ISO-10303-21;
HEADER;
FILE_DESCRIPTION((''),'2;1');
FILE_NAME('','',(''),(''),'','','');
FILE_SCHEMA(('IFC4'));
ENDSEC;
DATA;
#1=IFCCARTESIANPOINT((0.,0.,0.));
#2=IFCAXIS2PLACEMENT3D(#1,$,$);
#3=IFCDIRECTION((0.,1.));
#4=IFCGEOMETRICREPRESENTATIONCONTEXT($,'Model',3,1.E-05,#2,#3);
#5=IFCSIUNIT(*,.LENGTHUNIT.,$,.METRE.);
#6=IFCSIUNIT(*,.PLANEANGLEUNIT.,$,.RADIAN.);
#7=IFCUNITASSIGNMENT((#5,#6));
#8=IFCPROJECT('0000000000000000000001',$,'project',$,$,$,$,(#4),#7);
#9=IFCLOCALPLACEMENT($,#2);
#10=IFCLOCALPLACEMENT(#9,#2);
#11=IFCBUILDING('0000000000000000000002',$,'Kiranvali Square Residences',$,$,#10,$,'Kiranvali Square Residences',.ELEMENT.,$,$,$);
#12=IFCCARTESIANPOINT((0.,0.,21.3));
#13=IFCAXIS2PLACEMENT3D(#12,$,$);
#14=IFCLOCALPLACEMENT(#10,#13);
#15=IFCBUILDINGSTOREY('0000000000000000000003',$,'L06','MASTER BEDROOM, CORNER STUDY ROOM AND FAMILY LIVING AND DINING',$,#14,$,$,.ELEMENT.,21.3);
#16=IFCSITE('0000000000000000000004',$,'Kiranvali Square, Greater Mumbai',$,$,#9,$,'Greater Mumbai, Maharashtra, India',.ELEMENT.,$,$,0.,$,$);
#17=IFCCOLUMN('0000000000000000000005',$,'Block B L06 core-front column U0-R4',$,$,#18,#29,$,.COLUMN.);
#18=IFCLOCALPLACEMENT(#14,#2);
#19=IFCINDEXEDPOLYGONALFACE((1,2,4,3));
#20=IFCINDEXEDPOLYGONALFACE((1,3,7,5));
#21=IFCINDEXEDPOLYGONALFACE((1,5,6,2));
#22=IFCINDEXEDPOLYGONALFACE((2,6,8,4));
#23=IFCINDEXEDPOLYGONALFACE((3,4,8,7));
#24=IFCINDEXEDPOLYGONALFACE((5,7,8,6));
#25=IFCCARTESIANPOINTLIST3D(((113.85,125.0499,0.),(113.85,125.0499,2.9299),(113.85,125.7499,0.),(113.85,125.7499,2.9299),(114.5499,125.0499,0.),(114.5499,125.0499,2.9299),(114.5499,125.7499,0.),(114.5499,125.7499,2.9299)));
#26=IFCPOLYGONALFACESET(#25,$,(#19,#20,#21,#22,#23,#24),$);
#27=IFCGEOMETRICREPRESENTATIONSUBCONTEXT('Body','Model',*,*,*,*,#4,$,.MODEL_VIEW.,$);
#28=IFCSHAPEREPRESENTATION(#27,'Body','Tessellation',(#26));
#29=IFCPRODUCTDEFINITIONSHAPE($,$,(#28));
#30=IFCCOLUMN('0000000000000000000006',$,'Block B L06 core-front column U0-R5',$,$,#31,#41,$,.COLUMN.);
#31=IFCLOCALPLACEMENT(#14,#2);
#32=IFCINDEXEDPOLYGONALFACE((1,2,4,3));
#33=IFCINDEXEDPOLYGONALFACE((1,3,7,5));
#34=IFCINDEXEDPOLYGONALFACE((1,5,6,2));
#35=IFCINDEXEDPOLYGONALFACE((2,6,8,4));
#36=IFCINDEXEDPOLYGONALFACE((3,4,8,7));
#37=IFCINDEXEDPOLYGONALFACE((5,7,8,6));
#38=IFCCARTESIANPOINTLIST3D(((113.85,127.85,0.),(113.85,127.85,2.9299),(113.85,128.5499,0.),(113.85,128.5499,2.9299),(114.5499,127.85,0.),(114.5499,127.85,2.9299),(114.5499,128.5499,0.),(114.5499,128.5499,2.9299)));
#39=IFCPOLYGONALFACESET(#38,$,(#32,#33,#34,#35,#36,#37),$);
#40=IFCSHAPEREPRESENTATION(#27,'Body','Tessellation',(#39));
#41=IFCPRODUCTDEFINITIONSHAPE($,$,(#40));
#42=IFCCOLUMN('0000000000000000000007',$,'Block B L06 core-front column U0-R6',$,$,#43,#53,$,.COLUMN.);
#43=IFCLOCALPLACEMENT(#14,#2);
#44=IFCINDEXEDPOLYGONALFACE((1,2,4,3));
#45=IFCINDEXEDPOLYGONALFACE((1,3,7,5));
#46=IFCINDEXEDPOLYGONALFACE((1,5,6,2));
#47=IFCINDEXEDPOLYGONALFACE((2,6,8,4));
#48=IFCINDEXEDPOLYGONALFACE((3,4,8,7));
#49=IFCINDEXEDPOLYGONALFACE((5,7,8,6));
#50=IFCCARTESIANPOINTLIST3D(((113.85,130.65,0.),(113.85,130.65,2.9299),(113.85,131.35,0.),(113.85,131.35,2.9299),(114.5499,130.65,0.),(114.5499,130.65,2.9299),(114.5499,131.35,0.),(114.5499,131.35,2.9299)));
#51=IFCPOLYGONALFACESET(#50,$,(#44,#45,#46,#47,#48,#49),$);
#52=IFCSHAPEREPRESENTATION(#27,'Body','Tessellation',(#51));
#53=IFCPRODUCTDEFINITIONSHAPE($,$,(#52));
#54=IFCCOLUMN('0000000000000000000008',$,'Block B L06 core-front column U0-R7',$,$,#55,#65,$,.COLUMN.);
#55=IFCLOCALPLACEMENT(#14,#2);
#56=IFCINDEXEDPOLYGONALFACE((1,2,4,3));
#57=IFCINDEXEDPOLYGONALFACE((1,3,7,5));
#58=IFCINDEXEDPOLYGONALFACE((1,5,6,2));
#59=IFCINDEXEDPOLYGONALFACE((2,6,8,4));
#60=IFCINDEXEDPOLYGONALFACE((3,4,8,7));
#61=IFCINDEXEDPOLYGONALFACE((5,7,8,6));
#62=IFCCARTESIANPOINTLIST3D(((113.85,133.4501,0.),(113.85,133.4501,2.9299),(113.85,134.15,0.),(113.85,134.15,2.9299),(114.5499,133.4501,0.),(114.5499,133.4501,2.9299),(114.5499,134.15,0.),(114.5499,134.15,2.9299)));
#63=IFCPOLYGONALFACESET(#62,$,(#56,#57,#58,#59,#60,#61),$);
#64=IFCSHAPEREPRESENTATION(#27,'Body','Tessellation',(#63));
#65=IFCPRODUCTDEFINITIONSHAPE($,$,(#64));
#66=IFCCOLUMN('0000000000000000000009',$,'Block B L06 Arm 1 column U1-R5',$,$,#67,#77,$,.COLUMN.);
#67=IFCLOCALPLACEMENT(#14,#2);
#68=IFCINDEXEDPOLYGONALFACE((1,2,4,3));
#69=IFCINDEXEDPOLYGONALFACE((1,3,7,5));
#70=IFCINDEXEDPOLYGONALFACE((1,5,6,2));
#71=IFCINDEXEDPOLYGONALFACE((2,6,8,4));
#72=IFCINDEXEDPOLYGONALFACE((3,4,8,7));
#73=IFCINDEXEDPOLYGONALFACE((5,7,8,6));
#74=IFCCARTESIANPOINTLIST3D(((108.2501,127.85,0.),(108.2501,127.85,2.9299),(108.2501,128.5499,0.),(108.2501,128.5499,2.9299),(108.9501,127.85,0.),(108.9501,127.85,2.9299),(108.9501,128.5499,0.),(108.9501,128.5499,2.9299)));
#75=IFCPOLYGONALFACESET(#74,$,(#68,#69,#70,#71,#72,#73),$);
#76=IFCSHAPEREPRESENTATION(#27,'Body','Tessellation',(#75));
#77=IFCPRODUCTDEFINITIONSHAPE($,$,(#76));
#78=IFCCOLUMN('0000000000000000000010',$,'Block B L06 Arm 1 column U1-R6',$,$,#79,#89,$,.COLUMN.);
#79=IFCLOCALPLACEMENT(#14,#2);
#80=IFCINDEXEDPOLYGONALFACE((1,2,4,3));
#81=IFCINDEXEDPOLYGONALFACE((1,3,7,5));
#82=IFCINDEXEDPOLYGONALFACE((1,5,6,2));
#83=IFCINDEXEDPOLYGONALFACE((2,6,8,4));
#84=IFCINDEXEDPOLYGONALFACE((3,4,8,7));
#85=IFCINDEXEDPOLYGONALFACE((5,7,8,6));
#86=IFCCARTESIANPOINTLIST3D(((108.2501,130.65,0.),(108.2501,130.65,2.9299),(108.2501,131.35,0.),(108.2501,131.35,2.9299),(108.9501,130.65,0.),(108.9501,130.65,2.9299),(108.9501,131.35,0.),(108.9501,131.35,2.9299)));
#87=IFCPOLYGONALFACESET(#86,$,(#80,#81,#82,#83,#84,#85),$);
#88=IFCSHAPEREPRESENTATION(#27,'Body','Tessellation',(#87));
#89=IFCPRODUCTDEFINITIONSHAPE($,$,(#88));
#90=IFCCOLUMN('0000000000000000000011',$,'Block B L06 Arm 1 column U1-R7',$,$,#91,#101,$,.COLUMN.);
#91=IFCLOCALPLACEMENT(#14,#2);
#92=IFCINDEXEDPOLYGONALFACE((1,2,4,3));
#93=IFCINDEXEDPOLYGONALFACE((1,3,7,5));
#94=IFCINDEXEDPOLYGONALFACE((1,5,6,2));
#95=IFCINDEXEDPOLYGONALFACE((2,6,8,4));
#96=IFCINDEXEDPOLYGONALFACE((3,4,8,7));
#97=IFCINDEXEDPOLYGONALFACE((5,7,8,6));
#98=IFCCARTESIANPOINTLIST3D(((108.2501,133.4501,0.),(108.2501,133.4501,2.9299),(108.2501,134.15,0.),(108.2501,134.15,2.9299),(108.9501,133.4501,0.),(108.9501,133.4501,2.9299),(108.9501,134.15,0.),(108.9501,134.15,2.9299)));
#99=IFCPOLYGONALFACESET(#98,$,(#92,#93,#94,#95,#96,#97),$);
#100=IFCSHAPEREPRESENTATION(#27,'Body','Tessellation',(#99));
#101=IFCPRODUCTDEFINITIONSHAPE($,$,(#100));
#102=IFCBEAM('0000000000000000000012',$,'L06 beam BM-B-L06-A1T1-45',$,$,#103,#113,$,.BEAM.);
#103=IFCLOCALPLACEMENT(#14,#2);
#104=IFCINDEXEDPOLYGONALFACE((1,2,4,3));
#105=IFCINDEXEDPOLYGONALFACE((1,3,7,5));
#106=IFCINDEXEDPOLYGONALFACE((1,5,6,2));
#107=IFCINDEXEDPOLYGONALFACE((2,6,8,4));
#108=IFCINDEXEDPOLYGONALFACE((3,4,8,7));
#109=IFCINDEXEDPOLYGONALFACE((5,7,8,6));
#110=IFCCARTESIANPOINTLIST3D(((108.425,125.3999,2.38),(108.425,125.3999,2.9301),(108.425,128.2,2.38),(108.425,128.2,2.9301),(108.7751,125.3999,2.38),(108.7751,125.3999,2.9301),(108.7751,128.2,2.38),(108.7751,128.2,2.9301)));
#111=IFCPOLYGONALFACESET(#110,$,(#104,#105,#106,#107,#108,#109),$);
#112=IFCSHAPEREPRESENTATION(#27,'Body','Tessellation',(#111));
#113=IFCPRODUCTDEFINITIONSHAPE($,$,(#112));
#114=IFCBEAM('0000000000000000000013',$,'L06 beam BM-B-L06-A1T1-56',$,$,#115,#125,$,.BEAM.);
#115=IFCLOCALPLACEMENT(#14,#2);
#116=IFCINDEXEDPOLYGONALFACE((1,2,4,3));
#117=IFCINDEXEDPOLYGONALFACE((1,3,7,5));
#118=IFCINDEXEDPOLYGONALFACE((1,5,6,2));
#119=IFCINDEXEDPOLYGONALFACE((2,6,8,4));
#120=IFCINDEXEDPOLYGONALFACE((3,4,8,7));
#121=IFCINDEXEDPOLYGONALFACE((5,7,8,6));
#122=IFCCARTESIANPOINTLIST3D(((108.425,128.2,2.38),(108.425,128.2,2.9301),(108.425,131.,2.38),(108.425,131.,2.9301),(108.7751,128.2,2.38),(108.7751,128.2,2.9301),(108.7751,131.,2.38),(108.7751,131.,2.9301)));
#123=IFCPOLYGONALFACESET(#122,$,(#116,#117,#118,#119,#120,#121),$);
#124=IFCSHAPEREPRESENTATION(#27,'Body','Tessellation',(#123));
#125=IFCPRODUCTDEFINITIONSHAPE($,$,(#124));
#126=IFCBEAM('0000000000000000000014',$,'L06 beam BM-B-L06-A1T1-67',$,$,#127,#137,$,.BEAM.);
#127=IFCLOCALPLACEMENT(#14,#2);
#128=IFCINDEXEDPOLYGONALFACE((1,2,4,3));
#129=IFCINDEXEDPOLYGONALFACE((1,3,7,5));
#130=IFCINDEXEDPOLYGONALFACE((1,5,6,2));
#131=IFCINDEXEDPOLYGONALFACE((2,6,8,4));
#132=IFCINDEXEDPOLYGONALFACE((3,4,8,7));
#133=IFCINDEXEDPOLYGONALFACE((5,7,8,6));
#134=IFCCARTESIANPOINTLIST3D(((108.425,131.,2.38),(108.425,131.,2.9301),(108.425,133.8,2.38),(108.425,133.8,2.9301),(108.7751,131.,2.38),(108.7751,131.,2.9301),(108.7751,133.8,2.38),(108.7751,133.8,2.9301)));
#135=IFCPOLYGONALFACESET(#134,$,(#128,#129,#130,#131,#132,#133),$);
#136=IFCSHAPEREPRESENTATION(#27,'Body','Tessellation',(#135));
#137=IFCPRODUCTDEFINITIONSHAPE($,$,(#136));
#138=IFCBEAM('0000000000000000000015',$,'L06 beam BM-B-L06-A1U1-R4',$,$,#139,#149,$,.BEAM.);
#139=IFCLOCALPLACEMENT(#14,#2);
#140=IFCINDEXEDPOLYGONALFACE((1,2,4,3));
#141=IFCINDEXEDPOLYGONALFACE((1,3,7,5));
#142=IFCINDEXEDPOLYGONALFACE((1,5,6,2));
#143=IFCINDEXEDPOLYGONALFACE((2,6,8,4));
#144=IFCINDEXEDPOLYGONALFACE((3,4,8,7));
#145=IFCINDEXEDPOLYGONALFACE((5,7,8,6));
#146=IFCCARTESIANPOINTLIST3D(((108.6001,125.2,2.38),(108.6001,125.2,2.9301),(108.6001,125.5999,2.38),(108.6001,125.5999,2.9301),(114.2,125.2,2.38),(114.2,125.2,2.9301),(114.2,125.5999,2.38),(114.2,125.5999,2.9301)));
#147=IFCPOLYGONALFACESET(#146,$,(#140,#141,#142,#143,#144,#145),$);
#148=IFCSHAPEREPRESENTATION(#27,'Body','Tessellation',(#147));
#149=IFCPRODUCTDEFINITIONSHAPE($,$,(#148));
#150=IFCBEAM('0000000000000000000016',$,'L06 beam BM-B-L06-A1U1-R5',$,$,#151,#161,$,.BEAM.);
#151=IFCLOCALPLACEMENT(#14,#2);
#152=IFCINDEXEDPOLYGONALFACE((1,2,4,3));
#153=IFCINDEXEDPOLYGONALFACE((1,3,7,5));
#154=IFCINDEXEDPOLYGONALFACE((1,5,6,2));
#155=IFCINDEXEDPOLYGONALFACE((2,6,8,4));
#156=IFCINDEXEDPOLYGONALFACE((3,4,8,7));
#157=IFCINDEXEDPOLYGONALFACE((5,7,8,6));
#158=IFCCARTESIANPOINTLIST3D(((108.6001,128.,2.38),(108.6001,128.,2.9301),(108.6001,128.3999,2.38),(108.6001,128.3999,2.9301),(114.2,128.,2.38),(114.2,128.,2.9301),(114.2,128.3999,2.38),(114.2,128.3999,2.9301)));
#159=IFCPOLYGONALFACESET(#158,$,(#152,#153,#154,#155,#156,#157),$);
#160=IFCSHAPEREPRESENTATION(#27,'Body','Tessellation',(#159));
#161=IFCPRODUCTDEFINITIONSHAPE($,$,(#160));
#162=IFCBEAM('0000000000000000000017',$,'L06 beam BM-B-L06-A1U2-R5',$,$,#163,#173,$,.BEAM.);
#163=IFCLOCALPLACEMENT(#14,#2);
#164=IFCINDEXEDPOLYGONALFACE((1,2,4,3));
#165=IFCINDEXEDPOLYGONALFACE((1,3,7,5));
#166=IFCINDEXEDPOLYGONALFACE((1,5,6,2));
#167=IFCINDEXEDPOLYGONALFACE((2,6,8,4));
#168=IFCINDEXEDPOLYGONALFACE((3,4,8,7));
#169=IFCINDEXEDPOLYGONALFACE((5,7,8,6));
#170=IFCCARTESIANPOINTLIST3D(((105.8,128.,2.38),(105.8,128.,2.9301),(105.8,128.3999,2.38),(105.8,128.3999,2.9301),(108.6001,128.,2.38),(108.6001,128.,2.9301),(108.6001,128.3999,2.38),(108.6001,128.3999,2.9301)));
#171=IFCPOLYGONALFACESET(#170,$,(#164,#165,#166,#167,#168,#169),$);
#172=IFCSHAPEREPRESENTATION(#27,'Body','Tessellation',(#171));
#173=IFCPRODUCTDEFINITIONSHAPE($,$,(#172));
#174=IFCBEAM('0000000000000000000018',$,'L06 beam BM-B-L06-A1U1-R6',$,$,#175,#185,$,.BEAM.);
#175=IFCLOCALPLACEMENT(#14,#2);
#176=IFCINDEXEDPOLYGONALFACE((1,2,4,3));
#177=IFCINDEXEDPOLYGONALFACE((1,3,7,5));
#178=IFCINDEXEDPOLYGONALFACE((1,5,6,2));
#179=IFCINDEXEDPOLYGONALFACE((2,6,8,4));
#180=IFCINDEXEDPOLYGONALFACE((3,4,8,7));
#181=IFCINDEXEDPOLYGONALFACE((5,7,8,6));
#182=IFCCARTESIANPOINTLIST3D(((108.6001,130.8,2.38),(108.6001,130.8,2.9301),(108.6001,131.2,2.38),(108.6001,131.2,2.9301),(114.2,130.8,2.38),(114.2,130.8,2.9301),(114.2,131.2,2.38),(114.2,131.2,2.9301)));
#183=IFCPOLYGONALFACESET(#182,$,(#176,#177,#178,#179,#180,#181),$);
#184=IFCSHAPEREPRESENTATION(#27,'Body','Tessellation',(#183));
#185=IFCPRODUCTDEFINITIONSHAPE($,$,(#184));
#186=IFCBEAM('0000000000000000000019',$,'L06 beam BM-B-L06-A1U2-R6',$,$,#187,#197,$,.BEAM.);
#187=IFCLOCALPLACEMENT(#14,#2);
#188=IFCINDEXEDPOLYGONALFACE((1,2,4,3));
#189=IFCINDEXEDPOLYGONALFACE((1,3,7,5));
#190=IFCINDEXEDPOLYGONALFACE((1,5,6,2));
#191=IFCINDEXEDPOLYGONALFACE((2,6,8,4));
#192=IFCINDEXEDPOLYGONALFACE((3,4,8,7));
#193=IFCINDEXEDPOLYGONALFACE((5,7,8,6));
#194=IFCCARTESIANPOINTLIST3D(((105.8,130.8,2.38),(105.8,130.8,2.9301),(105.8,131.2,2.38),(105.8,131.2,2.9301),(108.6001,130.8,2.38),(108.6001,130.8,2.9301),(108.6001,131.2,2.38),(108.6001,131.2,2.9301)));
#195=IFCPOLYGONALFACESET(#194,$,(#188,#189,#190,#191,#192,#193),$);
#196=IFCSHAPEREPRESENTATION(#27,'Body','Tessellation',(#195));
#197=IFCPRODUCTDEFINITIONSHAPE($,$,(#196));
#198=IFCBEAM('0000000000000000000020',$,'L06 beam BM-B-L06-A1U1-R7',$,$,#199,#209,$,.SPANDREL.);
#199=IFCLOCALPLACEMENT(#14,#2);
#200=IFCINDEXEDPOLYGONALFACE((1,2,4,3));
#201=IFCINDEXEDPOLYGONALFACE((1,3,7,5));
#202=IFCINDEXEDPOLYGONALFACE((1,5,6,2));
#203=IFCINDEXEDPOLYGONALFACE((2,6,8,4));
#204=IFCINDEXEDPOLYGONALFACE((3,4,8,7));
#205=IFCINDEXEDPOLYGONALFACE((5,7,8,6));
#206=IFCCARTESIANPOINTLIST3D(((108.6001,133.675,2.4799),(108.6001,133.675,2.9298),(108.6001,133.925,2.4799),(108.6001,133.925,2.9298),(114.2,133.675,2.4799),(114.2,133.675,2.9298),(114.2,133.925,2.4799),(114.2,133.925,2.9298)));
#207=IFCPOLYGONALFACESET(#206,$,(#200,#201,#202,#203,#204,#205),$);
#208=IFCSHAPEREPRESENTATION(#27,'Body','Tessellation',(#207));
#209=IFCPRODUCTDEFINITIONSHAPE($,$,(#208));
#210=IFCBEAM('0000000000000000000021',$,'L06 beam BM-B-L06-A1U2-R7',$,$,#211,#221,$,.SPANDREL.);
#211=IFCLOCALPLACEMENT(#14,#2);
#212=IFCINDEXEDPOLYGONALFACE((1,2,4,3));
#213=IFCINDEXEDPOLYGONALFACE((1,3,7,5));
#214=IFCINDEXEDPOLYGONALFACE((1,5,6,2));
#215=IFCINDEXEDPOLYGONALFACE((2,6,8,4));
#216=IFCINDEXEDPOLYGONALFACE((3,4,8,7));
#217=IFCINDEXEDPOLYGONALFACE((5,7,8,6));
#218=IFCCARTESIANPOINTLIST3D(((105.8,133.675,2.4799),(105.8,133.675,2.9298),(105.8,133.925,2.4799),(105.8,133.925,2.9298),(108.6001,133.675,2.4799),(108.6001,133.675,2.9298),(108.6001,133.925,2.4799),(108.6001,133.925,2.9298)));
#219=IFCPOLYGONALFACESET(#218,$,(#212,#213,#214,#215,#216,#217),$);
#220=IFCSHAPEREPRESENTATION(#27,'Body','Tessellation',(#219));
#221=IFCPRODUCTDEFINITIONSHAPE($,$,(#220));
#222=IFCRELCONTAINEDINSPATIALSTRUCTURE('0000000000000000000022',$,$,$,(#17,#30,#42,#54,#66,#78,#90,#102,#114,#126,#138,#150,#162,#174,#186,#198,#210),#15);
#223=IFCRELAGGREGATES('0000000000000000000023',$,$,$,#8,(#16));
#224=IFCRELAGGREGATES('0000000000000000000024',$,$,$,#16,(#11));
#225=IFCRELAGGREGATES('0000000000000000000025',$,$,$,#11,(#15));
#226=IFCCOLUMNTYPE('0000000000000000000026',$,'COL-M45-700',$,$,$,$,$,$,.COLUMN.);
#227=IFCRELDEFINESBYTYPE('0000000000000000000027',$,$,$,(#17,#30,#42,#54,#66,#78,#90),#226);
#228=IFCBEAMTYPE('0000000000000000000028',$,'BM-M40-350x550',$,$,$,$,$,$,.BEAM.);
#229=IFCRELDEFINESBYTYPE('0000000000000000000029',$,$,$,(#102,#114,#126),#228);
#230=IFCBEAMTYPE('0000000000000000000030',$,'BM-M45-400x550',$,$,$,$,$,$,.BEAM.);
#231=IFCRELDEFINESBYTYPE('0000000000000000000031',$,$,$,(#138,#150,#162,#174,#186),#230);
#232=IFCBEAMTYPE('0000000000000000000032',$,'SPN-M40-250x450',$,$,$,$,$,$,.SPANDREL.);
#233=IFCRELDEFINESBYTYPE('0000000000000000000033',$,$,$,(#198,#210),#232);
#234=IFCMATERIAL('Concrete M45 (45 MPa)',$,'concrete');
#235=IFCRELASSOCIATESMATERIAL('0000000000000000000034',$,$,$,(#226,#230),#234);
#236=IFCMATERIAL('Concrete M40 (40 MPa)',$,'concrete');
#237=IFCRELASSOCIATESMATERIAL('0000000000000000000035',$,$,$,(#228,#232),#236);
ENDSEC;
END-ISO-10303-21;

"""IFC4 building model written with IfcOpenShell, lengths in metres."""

from ifc_helpers import new_model, si_unit, direction, frame, origin, origin_2d, place, context, subcontext, project, spatial, rectangle, extrude, material, material_profile, profile_set, type_object, element, save


model = new_model("IFC4")

# Units and contexts
model_context = context("Model", 3, precision=1e-05, world=origin(), true_north=direction((0.0, 1.0)))
body_context = subcontext(model_context, "Body", "Model", "MODEL_VIEW")
ifc_project = project(units=[si_unit("LENGTHUNIT", "METRE"), si_unit("PLANEANGLEUNIT", "RADIAN")], contexts=[model_context])

# Site, building, storey
site_placement = place(None, origin())
site = spatial("IfcSite", under=ifc_project, at=site_placement, Name="Kiranvali Square, Greater Mumbai", LongName="Greater Mumbai, Maharashtra, India", CompositionType="ELEMENT", RefElevation=0.0)
building_placement = place(site_placement, origin())
building = spatial("IfcBuilding", under=site, at=building_placement, Name="Kiranvali Square Residences", LongName="Kiranvali Square Residences", CompositionType="ELEMENT")
storey_placement = place(building_placement, frame((0.0, 0.0, 21.3)))
storey = spatial("IfcBuildingStorey", under=building, at=storey_placement, Name="L06", Description="MASTER BEDROOM, CORNER STUDY ROOM AND FAMILY LIVING AND DINING", CompositionType="ELEMENT", Elevation=21.3)

# Columns
ifc_material_1 = material(Name="Concrete M45 (45 MPa)", Category="concrete")
ifc_material_profile_1 = material_profile(ifc_material_1, rectangle(XDim=0.7, YDim=0.7, at=origin_2d()), Name="RC 700x700")
ifc_profile_set_1 = profile_set([ifc_material_profile_1], Name="Concrete M45 (45 MPa)")
column_type = type_object("IfcColumnType", Name="COL-M45-700", PredefinedType="COLUMN", material=ifc_profile_set_1)
for number, where, z_axis, x_axis, name in (
    (1, (114.2, 125.3999, 0.0), (0.0, 0.0, 1.0), (1.0, 0.0, 0.0), "Block B L06 core-front column U0-R4"),
    (2, (114.2, 128.2, 0.0), (0.0, 0.0, 1.0), (1.0, 0.0, 0.0), "Block B L06 core-front column U0-R5"),
    (3, (114.2, 131.0, 0.0), (0.0, 0.0, 1.0), (1.0, 0.0, 0.0), "Block B L06 core-front column U0-R6"),
    (4, (114.2, 133.8, 0.0), (0.0, 0.0, 1.0), (1.0, 0.0, 0.0), "Block B L06 core-front column U0-R7"),
    (5, (108.6001, 128.2, 0.0), (0.0, 0.0, 1.0), (1.0, 0.0, 0.0), "Block B L06 Arm 1 column U1-R5"),
    (6, (108.6001, 131.0, 0.0), (0.0, 0.0, 1.0), (1.0, 0.0, 0.0), "Block B L06 Arm 1 column U1-R6"),
    (7, (108.6001, 133.8, 0.0), (0.0, 0.0, 1.0), (1.0, 0.0, 0.0), "Block B L06 Arm 1 column U1-R7"),
):
    element("IfcColumn", number, at=place(storey_placement, frame(where, z_axis=z_axis, x_axis=x_axis)), inside=storey, type_object=column_type, Name=name, PredefinedType="COLUMN", context=body_context, shape_type="SweptSolid", body=[
        extrude(rectangle(XDim=0.7, YDim=0.7, at=origin_2d()), origin(), (0.0, 0.0, 1.0), 2.9299),
    ])

# Beams
ifc_material_2 = material(Name="Concrete M40 (40 MPa)", Category="concrete")
ifc_material_profile_2 = material_profile(ifc_material_2, rectangle(XDim=0.3501, YDim=0.55, at=origin_2d()), Name="RC 350x550")
ifc_profile_set_2 = profile_set([ifc_material_profile_2], Name="Concrete M40 (40 MPa)")
beam_type_1 = type_object("IfcBeamType", Name="BM-M40-350x550", PredefinedType="BEAM", material=ifc_profile_set_2)
for number, where, z_axis, x_axis, name in (
    (8, (108.6001, 125.3999, 2.655), (0.0, 1.0, 0.0), (-1.0, 0.0, 0.0), "L06 beam BM-B-L06-A1T1-45"),
    (9, (108.6001, 128.2, 2.655), (0.0, 1.0, 0.0), (-1.0, 0.0, 0.0), "L06 beam BM-B-L06-A1T1-56"),
    (10, (108.6001, 131.0, 2.655), (0.0, 1.0, 0.0), (-1.0, 0.0, 0.0), "L06 beam BM-B-L06-A1T1-67"),
):
    element("IfcBeam", number, at=place(storey_placement, frame(where, z_axis=z_axis, x_axis=x_axis)), inside=storey, type_object=beam_type_1, Name=name, PredefinedType="BEAM", context=body_context, shape_type="SweptSolid", body=[
        extrude(rectangle(XDim=0.3501, YDim=0.55, at=origin_2d()), origin(), (0.0, 0.0, 1.0), 2.8),
    ])
ifc_material_profile_3 = material_profile(ifc_material_1, rectangle(XDim=0.3999, YDim=0.55, at=origin_2d()), Name="RC 400x550")
ifc_profile_set_3 = profile_set([ifc_material_profile_3], Name="Concrete M45 (45 MPa)")
beam_type_2 = type_object("IfcBeamType", Name="BM-M45-400x550", PredefinedType="BEAM", material=ifc_profile_set_3)
for number, where, z_axis, x_axis, name in (
    (11, (114.2, 125.3999, 2.655), (-1.0, 0.0, 0.0), (0.0, -1.0, 0.0), "L06 beam BM-B-L06-A1U1-R4"),
    (12, (114.2, 128.2, 2.655), (-1.0, 0.0, 0.0), (0.0, -1.0, 0.0), "L06 beam BM-B-L06-A1U1-R5"),
):
    element("IfcBeam", number, at=place(storey_placement, frame(where, z_axis=z_axis, x_axis=x_axis)), inside=storey, type_object=beam_type_2, Name=name, PredefinedType="BEAM", context=body_context, shape_type="SweptSolid", body=[
        extrude(rectangle(XDim=0.3999, YDim=0.55, at=origin_2d()), origin(), (0.0, 0.0, 1.0), 5.5999),
    ])
beam_1_placement = place(storey_placement, frame((108.6001, 128.2, 2.655), z_axis=(-1.0, 0.0, 0.0), x_axis=(0.0, -1.0, 0.0)))
element("IfcBeam", 13, at=beam_1_placement, inside=storey, type_object=beam_type_2, Name="L06 beam BM-B-L06-A1U2-R5", PredefinedType="BEAM", context=body_context, shape_type="SweptSolid", body=[
    extrude(rectangle(XDim=0.3999, YDim=0.55, at=origin_2d()), origin(), (0.0, 0.0, 1.0), 2.8),
])
beam_2_placement = place(storey_placement, frame((114.2, 131.0, 2.655), z_axis=(-1.0, 0.0, 0.0), x_axis=(0.0, -1.0, 0.0)))
element("IfcBeam", 14, at=beam_2_placement, inside=storey, type_object=beam_type_2, Name="L06 beam BM-B-L06-A1U1-R6", PredefinedType="BEAM", context=body_context, shape_type="SweptSolid", body=[
    extrude(rectangle(XDim=0.3999, YDim=0.55, at=origin_2d()), origin(), (0.0, 0.0, 1.0), 5.5999),
])
beam_3_placement = place(storey_placement, frame((108.6001, 131.0, 2.655), z_axis=(-1.0, 0.0, 0.0), x_axis=(0.0, -1.0, 0.0)))
element("IfcBeam", 15, at=beam_3_placement, inside=storey, type_object=beam_type_2, Name="L06 beam BM-B-L06-A1U2-R6", PredefinedType="BEAM", context=body_context, shape_type="SweptSolid", body=[
    extrude(rectangle(XDim=0.3999, YDim=0.55, at=origin_2d()), origin(), (0.0, 0.0, 1.0), 2.8),
])
ifc_material_profile_4 = material_profile(ifc_material_2, rectangle(XDim=0.25, YDim=0.45, at=origin_2d()), Name="RC 250x450")
ifc_profile_set_4 = profile_set([ifc_material_profile_4], Name="Concrete M40 (40 MPa)")
beam_type_3 = type_object("IfcBeamType", Name="SPN-M40-250x450", PredefinedType="SPANDREL", material=ifc_profile_set_4)
beam_4_placement = place(storey_placement, frame((114.2, 133.8, 2.7048), z_axis=(-1.0, 0.0, 0.0), x_axis=(0.0, -1.0, 0.0)))
element("IfcBeam", 16, at=beam_4_placement, inside=storey, type_object=beam_type_3, Name="L06 beam BM-B-L06-A1U1-R7", PredefinedType="SPANDREL", context=body_context, shape_type="SweptSolid", body=[
    extrude(rectangle(XDim=0.25, YDim=0.45, at=origin_2d()), origin(), (0.0, 0.0, 1.0), 5.5999),
])
beam_5_placement = place(storey_placement, frame((108.6001, 133.8, 2.7048), z_axis=(-1.0, 0.0, 0.0), x_axis=(0.0, -1.0, 0.0)))
element("IfcBeam", 17, at=beam_5_placement, inside=storey, type_object=beam_type_3, Name="L06 beam BM-B-L06-A1U2-R7", PredefinedType="SPANDREL", context=body_context, shape_type="SweptSolid", body=[
    extrude(rectangle(XDim=0.25, YDim=0.45, at=origin_2d()), origin(), (0.0, 0.0, 1.0), 2.8),
])

save(model, "model.ifc")
